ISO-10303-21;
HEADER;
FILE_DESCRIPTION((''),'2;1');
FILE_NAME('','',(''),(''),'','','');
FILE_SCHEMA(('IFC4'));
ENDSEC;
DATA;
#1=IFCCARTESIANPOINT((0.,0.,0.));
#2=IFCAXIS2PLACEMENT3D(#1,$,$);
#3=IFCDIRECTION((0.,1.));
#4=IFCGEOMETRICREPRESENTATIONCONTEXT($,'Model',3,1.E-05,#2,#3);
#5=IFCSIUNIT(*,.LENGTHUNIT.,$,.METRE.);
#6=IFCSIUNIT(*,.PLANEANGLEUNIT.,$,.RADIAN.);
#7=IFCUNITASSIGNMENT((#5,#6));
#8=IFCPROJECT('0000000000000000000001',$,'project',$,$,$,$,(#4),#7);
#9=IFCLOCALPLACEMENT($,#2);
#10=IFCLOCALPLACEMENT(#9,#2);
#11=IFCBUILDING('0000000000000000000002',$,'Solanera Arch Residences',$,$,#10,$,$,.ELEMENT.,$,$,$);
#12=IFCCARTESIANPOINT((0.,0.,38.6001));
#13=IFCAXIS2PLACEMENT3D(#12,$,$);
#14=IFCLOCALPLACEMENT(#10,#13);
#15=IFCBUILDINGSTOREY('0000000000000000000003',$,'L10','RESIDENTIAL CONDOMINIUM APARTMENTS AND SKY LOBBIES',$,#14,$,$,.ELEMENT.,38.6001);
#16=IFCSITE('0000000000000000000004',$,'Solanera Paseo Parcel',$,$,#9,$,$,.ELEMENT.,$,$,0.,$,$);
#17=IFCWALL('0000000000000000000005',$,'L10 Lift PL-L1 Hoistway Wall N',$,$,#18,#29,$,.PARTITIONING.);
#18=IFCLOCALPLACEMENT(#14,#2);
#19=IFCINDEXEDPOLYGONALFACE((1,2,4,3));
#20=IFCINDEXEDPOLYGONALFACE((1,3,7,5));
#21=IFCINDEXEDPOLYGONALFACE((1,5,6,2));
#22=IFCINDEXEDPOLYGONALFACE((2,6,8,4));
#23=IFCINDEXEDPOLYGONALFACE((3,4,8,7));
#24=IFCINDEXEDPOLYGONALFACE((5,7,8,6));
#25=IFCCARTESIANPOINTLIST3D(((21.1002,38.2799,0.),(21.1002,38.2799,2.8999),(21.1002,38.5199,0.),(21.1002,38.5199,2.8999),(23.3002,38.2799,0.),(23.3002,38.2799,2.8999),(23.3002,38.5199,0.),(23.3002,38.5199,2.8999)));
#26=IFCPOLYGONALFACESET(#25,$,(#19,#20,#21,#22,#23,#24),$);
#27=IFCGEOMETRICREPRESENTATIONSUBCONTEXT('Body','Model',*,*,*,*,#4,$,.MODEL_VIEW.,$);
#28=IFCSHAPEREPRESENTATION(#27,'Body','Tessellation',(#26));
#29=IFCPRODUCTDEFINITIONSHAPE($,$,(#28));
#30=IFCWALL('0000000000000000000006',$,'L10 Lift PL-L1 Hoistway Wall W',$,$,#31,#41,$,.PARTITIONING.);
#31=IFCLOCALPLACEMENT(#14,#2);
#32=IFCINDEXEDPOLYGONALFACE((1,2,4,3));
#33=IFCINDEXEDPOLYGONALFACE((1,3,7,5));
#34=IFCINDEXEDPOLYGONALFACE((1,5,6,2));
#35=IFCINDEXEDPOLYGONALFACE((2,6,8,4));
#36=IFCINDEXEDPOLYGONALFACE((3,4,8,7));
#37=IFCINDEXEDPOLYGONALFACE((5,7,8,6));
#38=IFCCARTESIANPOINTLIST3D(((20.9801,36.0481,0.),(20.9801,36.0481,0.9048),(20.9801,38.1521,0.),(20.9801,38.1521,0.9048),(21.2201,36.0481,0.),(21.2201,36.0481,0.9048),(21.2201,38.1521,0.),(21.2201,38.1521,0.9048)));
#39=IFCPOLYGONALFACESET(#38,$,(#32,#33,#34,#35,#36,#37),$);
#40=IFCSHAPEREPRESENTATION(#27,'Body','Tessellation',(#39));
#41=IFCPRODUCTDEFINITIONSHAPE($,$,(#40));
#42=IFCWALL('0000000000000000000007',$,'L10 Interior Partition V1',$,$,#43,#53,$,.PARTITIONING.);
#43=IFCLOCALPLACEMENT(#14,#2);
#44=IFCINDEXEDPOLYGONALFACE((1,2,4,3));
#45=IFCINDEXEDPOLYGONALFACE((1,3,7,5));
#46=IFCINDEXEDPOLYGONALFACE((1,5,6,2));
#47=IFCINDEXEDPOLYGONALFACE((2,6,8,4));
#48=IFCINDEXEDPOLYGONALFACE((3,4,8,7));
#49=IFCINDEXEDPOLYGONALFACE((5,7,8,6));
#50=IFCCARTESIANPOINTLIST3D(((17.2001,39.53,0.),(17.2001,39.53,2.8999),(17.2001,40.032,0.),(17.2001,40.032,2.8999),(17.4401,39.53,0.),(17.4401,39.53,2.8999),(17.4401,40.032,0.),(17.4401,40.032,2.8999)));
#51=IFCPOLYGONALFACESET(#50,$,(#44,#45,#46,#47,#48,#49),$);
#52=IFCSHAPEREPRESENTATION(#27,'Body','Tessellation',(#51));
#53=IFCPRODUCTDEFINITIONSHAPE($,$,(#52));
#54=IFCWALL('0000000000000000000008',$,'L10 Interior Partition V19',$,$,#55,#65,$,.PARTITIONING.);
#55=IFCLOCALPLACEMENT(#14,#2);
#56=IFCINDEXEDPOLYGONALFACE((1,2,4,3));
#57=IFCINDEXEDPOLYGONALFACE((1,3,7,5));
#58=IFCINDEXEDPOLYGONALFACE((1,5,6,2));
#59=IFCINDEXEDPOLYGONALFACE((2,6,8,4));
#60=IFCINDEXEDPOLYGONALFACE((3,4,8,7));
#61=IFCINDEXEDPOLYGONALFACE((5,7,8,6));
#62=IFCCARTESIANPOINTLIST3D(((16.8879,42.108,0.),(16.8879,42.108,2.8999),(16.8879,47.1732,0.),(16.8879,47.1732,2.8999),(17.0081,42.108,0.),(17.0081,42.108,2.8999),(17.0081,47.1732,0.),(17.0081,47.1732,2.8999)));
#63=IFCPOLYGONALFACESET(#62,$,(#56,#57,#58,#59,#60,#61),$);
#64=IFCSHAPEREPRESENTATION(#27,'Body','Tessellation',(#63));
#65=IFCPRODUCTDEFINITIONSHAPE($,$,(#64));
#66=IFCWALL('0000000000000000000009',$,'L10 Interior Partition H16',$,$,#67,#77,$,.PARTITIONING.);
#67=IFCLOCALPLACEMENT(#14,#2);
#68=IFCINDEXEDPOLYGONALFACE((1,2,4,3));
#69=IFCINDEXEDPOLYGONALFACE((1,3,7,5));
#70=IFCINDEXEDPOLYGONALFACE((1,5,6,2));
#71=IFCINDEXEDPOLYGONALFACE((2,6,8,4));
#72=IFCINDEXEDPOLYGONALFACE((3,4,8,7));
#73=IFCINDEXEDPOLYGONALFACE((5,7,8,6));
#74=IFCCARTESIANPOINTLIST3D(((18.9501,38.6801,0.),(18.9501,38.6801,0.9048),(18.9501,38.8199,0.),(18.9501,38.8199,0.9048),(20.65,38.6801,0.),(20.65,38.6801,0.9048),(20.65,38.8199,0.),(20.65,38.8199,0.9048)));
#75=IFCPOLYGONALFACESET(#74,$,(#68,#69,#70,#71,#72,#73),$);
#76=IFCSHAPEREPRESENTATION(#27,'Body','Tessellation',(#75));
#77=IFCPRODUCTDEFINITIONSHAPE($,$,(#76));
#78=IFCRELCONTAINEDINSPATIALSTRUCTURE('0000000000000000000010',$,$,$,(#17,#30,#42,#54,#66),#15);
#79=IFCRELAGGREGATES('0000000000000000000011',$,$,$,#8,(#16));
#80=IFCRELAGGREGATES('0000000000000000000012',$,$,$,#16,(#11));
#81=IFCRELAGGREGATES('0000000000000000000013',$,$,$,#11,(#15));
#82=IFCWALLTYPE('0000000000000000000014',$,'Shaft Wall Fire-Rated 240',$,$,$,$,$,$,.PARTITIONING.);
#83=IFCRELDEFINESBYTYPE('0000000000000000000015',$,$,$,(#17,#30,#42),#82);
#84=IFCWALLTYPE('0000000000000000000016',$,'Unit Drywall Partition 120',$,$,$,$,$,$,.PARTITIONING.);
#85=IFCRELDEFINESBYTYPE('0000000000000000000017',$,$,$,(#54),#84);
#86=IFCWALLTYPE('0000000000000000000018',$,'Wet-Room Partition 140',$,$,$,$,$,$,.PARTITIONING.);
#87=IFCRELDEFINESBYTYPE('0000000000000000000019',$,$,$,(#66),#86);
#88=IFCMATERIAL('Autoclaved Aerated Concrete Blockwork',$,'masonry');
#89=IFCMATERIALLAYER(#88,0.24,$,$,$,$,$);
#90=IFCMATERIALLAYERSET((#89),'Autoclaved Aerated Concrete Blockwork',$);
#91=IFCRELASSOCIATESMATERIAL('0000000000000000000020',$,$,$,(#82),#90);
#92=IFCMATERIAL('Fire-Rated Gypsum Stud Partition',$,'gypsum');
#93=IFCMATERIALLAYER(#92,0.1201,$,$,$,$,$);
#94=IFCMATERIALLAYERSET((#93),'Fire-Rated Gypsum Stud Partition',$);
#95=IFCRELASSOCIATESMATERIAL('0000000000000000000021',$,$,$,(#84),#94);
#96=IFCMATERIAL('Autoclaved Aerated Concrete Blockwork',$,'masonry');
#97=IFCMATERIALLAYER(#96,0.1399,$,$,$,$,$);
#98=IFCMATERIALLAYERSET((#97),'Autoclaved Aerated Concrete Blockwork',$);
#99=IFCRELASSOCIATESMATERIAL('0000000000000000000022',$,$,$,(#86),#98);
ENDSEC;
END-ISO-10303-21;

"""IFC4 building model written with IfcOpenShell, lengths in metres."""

from ifc_helpers import new_model, si_unit, direction, frame, frame_2d, origin, place, context, subcontext, project, spatial, rectangle, extrude, material, layer, layer_set, type_object, element, save


model = new_model("IFC4")

# Units and contexts
model_context = context("Model", 3, precision=1e-05, world=origin(), true_north=direction((0.0, 1.0)))
body_context = subcontext(model_context, "Body", "Model", "MODEL_VIEW")
ifc_project = project(units=[si_unit("LENGTHUNIT", "METRE"), si_unit("PLANEANGLEUNIT", "RADIAN")], contexts=[model_context])

# Site, building, storey
site_placement = place(None, origin())
site = spatial("IfcSite", under=ifc_project, at=site_placement, Name="Solanera Paseo Parcel", CompositionType="ELEMENT", RefElevation=0.0)
building_placement = place(site_placement, origin())
building = spatial("IfcBuilding", under=site, at=building_placement, Name="Solanera Arch Residences", CompositionType="ELEMENT")
storey_placement = place(building_placement, frame((0.0, 0.0, 38.6001)))
storey = spatial("IfcBuildingStorey", under=building, at=storey_placement, Name="L10", Description="RESIDENTIAL CONDOMINIUM APARTMENTS AND SKY LOBBIES", CompositionType="ELEMENT", Elevation=38.6001)

# Walls
ifc_material_1 = material(Name="Autoclaved Aerated Concrete Blockwork", Category="masonry")
ifc_layer_1 = layer(ifc_material_1, 0.24)
ifc_layer_set_1 = layer_set([ifc_layer_1], Name="Autoclaved Aerated Concrete Blockwork")
wall_type_1 = type_object("IfcWallType", Name="Shaft Wall Fire-Rated 240", PredefinedType="PARTITIONING", material=ifc_layer_set_1)
wall_1_placement = place(storey_placement, frame((21.1001, 38.3999, 0.0), z_axis=(0.0, 0.0, 1.0), x_axis=(1.0, 0.0, 0.0)))
element("IfcWall", 1, at=wall_1_placement, inside=storey, type_object=wall_type_1, Name="L10 Lift PL-L1 Hoistway Wall N", PredefinedType="PARTITIONING", context=body_context, shape_type="SweptSolid", body=[
    extrude(rectangle(XDim=2.2, YDim=0.24, at=frame_2d((1.1001, 0.0))), origin(), (0.0, 0.0, 1.0), 2.8999),
])
wall_2_placement = place(storey_placement, frame((21.1001, 36.0481, 0.0), z_axis=(0.0, 0.0, 1.0), x_axis=(0.0, 1.0, 0.0)))
element("IfcWall", 2, at=wall_2_placement, inside=storey, type_object=wall_type_1, Name="L10 Lift PL-L1 Hoistway Wall W", PredefinedType="PARTITIONING", context=body_context, shape_type="SweptSolid", body=[
    extrude(rectangle(XDim=2.104, YDim=0.24, at=frame_2d((1.052, 0.0))), origin(), (0.0, 0.0, 1.0), 0.9048),
])
wall_3_placement = place(storey_placement, frame((17.3201, 39.53, 0.0), z_axis=(0.0, 0.0, 1.0), x_axis=(0.0, 1.0, 0.0)))
element("IfcWall", 3, at=wall_3_placement, inside=storey, type_object=wall_type_1, Name="L10 Interior Partition V1", PredefinedType="PARTITIONING", context=body_context, shape_type="SweptSolid", body=[
    extrude(rectangle(XDim=0.502, YDim=0.24, at=frame_2d((0.251, 0.0))), origin(), (0.0, 0.0, 1.0), 2.8999),
])
ifc_material_2 = material(Name="Fire-Rated Gypsum Stud Partition", Category="gypsum")
ifc_layer_2 = layer(ifc_material_2, 0.1201)
ifc_layer_set_2 = layer_set([ifc_layer_2], Name="Fire-Rated Gypsum Stud Partition")
wall_type_2 = type_object("IfcWallType", Name="Unit Drywall Partition 120", PredefinedType="PARTITIONING", material=ifc_layer_set_2)
wall_4_placement = place(storey_placement, frame((16.948, 42.1079, 0.0), z_axis=(0.0, 0.0, 1.0), x_axis=(0.0, 1.0, 0.0)))
element("IfcWall", 4, at=wall_4_placement, inside=storey, type_object=wall_type_2, Name="L10 Interior Partition V19", PredefinedType="PARTITIONING", context=body_context, shape_type="SweptSolid", body=[
    extrude(rectangle(XDim=5.0652, YDim=0.1201, at=frame_2d((2.5327, 0.0))), origin(), (0.0, 0.0, 1.0), 2.8999),
])
ifc_material_3 = material(Name="Autoclaved Aerated Concrete Blockwork", Category="masonry")
ifc_layer_3 = layer(ifc_material_3, 0.1399)
ifc_layer_set_3 = layer_set([ifc_layer_3], Name="Autoclaved Aerated Concrete Blockwork")
wall_type_3 = type_object("IfcWallType", Name="Wet-Room Partition 140", PredefinedType="PARTITIONING", material=ifc_layer_set_3)
wall_5_placement = place(storey_placement, frame((18.95, 38.75, 0.0), z_axis=(0.0, 0.0, 1.0), x_axis=(1.0, 0.0, 0.0)))
element("IfcWall", 5, at=wall_5_placement, inside=storey, type_object=wall_type_3, Name="L10 Interior Partition H16", PredefinedType="PARTITIONING", context=body_context, shape_type="SweptSolid", body=[
    extrude(rectangle(XDim=1.7, YDim=0.1399, at=frame_2d((0.8501, 0.0))), origin(), (0.0, 0.0, 1.0), 0.9048),
])

save(model, "model.ifc")
